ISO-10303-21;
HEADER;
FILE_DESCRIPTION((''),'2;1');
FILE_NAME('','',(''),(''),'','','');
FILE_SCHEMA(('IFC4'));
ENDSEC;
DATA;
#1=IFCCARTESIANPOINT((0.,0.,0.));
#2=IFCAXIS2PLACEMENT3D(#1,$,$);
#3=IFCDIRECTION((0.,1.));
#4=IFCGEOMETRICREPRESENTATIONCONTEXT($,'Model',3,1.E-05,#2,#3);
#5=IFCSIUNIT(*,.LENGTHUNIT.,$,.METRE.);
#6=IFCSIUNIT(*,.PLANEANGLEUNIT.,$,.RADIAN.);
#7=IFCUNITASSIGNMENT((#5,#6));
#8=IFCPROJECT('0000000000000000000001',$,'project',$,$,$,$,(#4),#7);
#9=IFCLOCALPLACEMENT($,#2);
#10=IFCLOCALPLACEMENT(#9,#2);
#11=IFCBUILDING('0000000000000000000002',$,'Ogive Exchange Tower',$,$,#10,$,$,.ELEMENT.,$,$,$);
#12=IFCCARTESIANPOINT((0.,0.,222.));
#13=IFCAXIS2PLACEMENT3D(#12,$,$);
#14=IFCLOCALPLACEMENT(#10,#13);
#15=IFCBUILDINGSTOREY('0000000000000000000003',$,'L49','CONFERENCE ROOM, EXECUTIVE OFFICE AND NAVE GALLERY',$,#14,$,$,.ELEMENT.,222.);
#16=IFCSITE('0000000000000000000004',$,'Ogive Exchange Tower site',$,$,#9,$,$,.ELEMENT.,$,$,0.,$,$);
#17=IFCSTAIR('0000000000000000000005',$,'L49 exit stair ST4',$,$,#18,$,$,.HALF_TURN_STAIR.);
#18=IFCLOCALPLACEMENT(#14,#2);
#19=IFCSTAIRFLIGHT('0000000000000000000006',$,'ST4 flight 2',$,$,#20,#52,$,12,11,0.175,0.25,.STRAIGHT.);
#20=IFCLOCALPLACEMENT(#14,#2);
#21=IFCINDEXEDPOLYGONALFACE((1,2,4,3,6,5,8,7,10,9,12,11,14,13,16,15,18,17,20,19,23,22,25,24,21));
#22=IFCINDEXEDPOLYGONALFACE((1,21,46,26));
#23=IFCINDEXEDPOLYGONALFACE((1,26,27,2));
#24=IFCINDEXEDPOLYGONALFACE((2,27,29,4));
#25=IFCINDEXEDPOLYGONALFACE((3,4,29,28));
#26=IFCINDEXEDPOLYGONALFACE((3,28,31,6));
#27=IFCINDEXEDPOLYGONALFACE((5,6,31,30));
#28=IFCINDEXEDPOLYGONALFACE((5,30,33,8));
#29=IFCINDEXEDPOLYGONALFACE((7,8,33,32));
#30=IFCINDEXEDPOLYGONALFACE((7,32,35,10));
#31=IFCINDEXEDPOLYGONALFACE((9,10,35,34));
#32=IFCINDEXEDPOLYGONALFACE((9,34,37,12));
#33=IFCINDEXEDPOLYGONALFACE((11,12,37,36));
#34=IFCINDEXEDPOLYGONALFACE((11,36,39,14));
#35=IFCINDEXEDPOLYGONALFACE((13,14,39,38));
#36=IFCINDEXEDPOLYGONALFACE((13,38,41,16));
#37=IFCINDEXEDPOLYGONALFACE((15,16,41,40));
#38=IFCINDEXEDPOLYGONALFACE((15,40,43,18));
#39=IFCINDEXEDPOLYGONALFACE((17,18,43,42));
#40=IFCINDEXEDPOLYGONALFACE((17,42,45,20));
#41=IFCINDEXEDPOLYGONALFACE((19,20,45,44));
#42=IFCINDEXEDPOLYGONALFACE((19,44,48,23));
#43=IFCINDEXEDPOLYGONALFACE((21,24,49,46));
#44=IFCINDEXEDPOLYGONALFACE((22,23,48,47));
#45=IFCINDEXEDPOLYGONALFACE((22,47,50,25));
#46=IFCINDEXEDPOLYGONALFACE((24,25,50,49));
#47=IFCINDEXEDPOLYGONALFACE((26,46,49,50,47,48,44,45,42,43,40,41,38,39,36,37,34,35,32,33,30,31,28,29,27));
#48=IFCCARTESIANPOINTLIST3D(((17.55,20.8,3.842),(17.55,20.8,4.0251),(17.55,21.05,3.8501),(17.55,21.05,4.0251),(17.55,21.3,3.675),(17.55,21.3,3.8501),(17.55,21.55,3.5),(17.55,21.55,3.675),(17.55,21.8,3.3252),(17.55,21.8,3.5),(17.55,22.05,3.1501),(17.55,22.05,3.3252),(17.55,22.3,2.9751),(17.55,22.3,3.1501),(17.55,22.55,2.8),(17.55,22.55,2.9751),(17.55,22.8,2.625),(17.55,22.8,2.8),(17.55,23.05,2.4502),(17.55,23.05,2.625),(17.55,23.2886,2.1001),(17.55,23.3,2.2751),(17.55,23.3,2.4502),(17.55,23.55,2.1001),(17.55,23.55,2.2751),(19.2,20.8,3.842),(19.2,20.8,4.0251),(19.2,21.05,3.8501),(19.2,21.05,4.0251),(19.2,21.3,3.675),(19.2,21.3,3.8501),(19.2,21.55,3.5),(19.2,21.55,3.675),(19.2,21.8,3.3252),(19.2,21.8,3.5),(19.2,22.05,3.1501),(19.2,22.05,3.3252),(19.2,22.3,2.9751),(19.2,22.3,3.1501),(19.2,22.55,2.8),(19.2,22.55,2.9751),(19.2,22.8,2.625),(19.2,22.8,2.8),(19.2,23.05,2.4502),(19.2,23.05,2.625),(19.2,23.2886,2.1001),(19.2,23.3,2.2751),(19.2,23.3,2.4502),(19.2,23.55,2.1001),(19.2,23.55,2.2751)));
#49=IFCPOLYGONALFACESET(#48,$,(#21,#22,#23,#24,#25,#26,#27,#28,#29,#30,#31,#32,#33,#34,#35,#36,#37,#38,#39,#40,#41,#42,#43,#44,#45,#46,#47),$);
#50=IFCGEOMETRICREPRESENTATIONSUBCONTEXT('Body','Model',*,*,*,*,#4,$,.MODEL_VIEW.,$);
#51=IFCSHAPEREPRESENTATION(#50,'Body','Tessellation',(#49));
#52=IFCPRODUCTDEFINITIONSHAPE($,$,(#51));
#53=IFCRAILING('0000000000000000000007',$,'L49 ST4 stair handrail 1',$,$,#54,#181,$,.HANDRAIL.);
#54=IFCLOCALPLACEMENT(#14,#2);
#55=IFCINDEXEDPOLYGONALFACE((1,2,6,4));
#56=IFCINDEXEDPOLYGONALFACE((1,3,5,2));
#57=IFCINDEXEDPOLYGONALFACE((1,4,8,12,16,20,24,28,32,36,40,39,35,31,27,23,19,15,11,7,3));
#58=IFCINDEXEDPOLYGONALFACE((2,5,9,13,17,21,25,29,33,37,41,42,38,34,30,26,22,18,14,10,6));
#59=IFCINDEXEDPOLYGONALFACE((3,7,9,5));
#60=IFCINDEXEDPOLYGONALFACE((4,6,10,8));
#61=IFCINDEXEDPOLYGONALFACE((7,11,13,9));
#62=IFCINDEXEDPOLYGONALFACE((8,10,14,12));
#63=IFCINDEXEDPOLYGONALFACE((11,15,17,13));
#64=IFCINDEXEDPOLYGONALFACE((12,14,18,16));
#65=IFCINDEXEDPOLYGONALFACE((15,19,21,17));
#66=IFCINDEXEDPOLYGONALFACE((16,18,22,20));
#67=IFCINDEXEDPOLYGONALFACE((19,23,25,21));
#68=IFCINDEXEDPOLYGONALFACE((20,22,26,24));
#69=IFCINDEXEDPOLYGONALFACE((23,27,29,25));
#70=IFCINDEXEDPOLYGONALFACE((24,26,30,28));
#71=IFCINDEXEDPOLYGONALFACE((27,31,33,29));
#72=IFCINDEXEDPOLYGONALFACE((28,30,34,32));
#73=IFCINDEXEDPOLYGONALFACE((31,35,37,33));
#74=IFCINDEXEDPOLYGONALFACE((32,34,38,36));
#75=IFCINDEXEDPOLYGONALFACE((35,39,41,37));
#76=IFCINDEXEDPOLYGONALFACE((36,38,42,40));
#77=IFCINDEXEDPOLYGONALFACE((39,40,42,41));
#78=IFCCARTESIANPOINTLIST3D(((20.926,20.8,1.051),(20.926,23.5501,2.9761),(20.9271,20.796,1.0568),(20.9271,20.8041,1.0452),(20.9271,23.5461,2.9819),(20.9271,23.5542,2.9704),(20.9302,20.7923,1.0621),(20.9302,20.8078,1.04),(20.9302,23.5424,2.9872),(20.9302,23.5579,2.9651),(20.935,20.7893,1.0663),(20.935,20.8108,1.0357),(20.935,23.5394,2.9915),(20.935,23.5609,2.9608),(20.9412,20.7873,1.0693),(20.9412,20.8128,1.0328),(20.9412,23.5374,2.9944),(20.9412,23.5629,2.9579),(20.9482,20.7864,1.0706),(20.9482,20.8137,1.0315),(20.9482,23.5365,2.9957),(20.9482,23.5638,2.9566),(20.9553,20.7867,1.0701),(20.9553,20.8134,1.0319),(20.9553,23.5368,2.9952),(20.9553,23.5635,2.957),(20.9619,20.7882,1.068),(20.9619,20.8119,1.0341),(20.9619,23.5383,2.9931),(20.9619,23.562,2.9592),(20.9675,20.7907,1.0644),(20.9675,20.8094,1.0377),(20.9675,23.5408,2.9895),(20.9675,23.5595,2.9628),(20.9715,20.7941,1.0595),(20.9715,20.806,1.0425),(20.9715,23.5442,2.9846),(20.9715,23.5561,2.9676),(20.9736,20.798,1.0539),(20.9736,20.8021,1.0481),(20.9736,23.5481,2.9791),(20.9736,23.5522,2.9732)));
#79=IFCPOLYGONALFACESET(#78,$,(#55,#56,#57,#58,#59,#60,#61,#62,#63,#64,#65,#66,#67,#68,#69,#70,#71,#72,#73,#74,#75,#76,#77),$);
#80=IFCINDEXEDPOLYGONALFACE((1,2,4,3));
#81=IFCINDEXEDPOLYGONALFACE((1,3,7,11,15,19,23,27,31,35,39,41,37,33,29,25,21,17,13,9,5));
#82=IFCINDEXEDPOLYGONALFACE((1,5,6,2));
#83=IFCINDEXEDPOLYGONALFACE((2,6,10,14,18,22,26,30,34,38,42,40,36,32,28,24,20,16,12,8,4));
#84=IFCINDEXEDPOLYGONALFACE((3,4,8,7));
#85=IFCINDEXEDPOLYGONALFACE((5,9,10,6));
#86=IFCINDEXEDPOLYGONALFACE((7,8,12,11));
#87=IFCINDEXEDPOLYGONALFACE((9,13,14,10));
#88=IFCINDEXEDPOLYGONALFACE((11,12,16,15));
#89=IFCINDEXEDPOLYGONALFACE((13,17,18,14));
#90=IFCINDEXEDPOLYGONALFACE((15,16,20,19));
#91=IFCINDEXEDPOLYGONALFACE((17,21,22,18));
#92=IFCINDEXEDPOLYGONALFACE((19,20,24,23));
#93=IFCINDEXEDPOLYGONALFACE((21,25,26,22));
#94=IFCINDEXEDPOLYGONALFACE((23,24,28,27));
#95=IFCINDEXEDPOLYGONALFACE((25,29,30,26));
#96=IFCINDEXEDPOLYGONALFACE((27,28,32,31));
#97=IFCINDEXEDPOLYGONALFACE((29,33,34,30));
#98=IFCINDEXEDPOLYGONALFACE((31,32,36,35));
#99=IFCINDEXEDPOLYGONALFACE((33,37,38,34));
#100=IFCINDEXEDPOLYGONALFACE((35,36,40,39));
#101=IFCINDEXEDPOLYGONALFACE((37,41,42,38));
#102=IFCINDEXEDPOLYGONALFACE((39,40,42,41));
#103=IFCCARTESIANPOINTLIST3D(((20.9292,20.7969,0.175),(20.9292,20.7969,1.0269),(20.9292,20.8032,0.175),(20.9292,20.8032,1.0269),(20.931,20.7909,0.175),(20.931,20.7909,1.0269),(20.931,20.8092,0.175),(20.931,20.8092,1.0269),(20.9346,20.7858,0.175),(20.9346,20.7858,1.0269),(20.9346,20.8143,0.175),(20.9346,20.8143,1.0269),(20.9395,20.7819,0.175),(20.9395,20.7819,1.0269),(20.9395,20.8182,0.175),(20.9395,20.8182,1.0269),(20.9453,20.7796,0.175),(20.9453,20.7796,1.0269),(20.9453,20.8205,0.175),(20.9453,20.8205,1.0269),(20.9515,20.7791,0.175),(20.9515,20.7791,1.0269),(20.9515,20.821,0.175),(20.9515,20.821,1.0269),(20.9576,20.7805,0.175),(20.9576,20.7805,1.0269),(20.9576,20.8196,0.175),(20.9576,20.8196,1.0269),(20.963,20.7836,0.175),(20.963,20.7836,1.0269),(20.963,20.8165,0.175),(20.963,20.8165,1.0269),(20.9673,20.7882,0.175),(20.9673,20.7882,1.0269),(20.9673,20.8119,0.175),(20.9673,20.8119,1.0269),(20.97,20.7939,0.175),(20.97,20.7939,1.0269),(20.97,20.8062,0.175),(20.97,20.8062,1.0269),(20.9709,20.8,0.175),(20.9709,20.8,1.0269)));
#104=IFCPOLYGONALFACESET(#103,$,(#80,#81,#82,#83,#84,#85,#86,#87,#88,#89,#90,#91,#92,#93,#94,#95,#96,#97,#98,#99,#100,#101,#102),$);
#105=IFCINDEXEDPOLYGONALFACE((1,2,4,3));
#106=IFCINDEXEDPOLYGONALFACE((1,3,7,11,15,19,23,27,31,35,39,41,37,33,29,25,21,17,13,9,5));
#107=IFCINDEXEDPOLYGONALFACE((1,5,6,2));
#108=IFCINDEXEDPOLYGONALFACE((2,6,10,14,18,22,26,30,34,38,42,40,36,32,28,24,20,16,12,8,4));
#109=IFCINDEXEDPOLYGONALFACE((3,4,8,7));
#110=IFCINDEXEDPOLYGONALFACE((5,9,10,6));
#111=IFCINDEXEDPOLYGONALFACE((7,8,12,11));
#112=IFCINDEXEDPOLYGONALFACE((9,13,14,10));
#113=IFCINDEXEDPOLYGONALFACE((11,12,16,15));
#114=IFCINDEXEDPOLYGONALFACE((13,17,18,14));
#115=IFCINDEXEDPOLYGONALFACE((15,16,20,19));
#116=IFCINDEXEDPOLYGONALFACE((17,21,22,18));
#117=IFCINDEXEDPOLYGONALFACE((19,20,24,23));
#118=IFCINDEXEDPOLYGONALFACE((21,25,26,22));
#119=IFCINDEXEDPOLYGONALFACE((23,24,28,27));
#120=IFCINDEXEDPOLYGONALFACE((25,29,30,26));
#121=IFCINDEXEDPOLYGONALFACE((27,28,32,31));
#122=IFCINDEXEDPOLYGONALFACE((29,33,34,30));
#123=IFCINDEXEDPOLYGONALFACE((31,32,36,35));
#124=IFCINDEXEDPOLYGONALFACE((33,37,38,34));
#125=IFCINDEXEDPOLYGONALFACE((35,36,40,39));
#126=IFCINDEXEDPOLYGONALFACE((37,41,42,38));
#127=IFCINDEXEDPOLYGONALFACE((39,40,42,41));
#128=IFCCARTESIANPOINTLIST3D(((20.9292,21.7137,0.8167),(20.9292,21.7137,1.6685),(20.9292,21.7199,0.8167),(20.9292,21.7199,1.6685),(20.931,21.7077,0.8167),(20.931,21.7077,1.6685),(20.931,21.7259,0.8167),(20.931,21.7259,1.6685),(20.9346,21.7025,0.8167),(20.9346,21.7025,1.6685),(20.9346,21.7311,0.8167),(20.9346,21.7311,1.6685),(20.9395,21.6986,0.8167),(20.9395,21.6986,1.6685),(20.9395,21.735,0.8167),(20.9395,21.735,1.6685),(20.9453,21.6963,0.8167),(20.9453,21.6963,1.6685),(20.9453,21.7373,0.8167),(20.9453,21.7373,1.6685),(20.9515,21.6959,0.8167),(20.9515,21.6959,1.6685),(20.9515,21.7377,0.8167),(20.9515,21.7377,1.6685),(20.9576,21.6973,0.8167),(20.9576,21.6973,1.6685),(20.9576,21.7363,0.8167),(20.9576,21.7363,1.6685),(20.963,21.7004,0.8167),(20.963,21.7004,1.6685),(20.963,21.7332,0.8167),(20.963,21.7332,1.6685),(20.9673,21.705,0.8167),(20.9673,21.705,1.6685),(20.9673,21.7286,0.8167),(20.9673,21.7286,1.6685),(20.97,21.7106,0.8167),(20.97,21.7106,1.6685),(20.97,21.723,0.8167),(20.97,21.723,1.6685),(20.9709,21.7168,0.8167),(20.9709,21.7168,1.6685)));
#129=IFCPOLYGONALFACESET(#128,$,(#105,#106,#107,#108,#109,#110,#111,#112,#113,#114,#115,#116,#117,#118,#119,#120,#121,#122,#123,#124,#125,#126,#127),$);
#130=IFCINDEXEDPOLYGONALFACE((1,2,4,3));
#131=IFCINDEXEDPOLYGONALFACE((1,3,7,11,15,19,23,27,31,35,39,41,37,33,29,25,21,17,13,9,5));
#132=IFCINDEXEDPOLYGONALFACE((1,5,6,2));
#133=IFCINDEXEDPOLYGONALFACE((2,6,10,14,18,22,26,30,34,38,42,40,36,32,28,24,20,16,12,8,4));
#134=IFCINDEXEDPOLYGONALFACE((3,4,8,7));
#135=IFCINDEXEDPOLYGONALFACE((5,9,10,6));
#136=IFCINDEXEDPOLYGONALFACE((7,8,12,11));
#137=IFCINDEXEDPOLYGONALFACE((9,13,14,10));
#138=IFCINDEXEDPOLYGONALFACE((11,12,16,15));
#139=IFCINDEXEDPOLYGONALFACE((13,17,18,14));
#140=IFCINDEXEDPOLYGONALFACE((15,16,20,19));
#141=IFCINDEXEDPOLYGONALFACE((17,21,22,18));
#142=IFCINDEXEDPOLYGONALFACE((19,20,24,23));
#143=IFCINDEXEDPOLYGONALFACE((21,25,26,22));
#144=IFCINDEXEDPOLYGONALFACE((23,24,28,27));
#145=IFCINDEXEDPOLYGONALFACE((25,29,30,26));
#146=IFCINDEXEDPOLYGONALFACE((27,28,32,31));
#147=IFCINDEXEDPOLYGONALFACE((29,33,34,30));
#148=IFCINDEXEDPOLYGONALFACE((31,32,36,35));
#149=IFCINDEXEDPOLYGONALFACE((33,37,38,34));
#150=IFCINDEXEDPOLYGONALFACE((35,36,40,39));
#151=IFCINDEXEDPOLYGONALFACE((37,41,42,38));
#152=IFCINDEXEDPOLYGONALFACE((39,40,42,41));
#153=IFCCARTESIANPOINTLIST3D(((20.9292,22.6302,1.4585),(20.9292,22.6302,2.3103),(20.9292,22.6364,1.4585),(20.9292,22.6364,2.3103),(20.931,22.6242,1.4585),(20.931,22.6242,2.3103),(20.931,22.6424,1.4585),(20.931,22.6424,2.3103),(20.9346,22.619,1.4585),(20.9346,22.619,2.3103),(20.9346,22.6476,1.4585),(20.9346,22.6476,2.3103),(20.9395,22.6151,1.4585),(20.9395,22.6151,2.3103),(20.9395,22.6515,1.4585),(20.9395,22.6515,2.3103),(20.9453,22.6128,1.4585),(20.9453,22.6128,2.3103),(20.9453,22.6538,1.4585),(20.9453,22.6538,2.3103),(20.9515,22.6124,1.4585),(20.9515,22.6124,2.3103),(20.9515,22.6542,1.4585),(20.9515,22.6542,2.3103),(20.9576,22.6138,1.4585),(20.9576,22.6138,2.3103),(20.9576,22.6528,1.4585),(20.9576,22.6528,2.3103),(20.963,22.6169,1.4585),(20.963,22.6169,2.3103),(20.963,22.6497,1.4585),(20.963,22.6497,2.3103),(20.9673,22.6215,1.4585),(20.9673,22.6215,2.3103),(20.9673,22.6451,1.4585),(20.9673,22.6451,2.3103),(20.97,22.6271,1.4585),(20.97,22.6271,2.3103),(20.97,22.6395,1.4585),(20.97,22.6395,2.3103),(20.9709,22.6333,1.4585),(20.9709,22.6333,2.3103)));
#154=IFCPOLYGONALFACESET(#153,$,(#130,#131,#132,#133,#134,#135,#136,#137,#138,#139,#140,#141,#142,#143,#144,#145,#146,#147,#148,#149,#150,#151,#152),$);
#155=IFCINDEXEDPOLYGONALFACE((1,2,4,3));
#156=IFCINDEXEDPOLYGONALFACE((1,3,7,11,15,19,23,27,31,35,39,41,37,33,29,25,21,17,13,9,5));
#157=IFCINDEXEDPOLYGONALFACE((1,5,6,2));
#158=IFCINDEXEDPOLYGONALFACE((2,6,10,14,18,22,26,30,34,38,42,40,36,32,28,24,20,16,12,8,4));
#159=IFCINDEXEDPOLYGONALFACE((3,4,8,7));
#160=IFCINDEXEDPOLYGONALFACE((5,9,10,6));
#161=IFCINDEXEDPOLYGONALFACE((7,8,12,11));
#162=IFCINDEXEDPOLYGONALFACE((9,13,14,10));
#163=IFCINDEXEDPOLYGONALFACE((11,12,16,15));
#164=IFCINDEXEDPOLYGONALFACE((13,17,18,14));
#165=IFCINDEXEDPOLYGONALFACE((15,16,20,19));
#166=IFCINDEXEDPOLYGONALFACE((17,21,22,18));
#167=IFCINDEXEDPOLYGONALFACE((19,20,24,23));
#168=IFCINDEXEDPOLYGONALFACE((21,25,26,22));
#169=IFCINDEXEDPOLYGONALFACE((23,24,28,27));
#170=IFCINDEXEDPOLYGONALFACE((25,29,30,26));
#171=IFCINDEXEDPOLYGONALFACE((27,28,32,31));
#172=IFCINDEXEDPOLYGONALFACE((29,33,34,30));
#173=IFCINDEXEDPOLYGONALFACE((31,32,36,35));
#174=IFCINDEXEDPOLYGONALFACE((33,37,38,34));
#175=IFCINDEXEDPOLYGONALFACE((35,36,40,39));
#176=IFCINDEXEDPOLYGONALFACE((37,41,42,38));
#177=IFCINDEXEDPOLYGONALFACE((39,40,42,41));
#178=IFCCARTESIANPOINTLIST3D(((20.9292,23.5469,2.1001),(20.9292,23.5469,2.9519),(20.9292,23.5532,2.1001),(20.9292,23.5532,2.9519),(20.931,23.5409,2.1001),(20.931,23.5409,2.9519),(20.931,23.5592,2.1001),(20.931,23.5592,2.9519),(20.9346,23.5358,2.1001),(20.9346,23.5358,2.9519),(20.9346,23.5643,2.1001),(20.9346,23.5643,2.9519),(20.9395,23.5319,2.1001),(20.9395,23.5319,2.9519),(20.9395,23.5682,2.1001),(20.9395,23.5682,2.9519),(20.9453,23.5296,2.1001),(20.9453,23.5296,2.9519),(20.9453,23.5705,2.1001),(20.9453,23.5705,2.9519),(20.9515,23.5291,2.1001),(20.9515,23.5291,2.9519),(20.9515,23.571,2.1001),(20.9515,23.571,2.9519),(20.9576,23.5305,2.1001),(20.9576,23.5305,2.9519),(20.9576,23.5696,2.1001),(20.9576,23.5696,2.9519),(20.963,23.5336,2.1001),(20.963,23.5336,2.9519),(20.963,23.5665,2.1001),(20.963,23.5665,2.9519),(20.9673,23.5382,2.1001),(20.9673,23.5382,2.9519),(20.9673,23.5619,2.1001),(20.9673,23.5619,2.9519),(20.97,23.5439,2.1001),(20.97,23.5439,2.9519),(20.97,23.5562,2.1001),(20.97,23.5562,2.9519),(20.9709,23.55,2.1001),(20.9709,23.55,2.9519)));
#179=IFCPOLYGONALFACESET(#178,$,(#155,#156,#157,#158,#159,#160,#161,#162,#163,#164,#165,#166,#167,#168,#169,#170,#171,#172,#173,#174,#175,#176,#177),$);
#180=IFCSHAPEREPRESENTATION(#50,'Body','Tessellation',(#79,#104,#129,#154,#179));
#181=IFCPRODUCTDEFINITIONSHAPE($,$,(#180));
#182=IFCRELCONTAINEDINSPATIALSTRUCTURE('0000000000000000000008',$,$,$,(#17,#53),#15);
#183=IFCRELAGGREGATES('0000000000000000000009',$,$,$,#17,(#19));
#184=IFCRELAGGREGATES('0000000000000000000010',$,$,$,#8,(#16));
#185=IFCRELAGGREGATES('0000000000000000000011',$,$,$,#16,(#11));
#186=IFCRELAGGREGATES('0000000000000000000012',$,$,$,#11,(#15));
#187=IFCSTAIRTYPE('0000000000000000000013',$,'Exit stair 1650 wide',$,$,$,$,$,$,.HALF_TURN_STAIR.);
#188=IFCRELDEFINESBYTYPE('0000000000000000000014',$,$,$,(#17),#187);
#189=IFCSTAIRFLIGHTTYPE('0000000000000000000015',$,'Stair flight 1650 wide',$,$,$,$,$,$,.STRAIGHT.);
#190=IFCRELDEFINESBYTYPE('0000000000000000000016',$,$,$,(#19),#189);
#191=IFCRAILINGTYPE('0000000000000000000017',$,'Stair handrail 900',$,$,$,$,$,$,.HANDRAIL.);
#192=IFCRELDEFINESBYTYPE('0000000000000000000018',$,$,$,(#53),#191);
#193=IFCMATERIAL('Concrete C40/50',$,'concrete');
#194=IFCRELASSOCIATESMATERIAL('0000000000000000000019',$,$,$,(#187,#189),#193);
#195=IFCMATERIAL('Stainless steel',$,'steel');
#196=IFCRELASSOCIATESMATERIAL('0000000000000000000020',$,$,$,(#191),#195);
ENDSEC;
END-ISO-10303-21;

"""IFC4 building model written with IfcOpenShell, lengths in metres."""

from ifc_helpers import new_model, si_unit, direction, frame, origin, origin_2d, place, context, subcontext, project, spatial, polyline, circle, outline, extrude, material, type_object, element, aggregate, save


model = new_model("IFC4")

# Units and contexts
model_context = context("Model", 3, precision=1e-05, world=origin(), true_north=direction((0.0, 1.0)))
body_context = subcontext(model_context, "Body", "Model", "MODEL_VIEW")
ifc_project = project(units=[si_unit("LENGTHUNIT", "METRE"), si_unit("PLANEANGLEUNIT", "RADIAN")], contexts=[model_context])

# Site, building, storey
site_placement = place(None, origin())
site = spatial("IfcSite", under=ifc_project, at=site_placement, Name="Ogive Exchange Tower site", CompositionType="ELEMENT", RefElevation=0.0)
building_placement = place(site_placement, origin())
building = spatial("IfcBuilding", under=site, at=building_placement, Name="Ogive Exchange Tower", CompositionType="ELEMENT")
storey_placement = place(building_placement, frame((0.0, 0.0, 222.0)))
storey = spatial("IfcBuildingStorey", under=building, at=storey_placement, Name="L49", Description="CONFERENCE ROOM, EXECUTIVE OFFICE AND NAVE GALLERY", CompositionType="ELEMENT", Elevation=222.0)

# Stair, stair flight
ifc_material_1 = material(Name="Concrete C40/50", Category="concrete")
stair_type = type_object("IfcStairType", Name="Exit stair 1650 wide", PredefinedType="HALF_TURN_STAIR", material=ifc_material_1)
stair_placement = place(storey_placement, origin())
stair = element("IfcStair", 1, at=stair_placement, inside=storey, type_object=stair_type, Name="L49 exit stair ST4", PredefinedType="HALF_TURN_STAIR")
stair_flight_type = type_object("IfcStairFlightType", Name="Stair flight 1650 wide", PredefinedType="STRAIGHT", material=ifc_material_1)
stair_flight_1_placement = place(storey_placement, frame((18.375, 23.55, 2.1001), z_axis=(0.0, 0.0, 1.0), x_axis=(0.0, -1.0, 0.0)))
stair_flight_1 = element("IfcStairFlight", 2, at=stair_flight_1_placement, type_object=stair_flight_type, Name="ST4 flight 2", NumberOfRisers=12, NumberOfTreads=11, PredefinedType="STRAIGHT", RiserHeight=0.175, TreadLength=0.25, context=body_context, shape_type="SweptSolid", body=[
    extrude(outline(polyline([(0.0, 0.0), (0.0, 0.175), (0.25, 0.175), (0.25, 0.3501), (0.5, 0.3501), (0.5, 0.5249), (0.75, 0.5249), (0.75, 0.7), (1.0, 0.7), (1.0, 0.875), (1.25, 0.875), (1.25, 1.05), (1.5, 1.05), (1.5, 1.2251), (1.75, 1.2251), (1.75, 1.3999), (2.0, 1.3999), (2.0, 1.575), (2.25, 1.575), (2.25, 1.75), (2.5, 1.75), (2.5, 1.925), (2.75, 1.925), (2.75, 2.1001), (2.75, 1.7419), (0.2615, 0.0), (0.0, 0.0)])), frame((0.0, 0.825, 0.0), z_axis=(0.0, -1.0, 0.0), x_axis=(1.0, 0.0, 0.0)), (0.0, 0.0, 1.0), 1.6499),
])
aggregate(stair, [stair_flight_1])

# Railing
ifc_material_2 = material(Name="Stainless steel", Category="steel")
railing_type = type_object("IfcRailingType", Name="Stair handrail 900", PredefinedType="HANDRAIL", material=ifc_material_2)
railing_placement = place(storey_placement, frame((20.95, 20.8, 0.175)))
element("IfcRailing", 3, at=railing_placement, inside=storey, type_object=railing_type, Name="L49 ST4 stair handrail 1", PredefinedType="HANDRAIL", context=body_context, shape_type="SweptSolid", body=[
    extrude(circle(Radius=0.0239, at=origin_2d()), frame((0.0, 0.0, 0.876), z_axis=(0.0, 0.819225, 0.573472), x_axis=(-1.0, 0.0, 0.0)), (0.0, 0.0, 1.0), 3.3569),
    extrude(circle(Radius=0.021, at=origin_2d()), origin(), (0.0, 0.0, 1.0), 0.8518),
    extrude(circle(Radius=0.021, at=origin_2d()), frame((0.0, 0.9167, 0.6416)), (0.0, 0.0, 1.0), 0.8518),
    extrude(circle(Radius=0.021, at=origin_2d()), frame((0.0, 1.8333, 1.2834)), (0.0, 0.0, 1.0), 0.8518),
    extrude(circle(Radius=0.021, at=origin_2d()), frame((0.0, 2.75, 1.925)), (0.0, 0.0, 1.0), 0.8518),
])

save(model, "model.ifc")
